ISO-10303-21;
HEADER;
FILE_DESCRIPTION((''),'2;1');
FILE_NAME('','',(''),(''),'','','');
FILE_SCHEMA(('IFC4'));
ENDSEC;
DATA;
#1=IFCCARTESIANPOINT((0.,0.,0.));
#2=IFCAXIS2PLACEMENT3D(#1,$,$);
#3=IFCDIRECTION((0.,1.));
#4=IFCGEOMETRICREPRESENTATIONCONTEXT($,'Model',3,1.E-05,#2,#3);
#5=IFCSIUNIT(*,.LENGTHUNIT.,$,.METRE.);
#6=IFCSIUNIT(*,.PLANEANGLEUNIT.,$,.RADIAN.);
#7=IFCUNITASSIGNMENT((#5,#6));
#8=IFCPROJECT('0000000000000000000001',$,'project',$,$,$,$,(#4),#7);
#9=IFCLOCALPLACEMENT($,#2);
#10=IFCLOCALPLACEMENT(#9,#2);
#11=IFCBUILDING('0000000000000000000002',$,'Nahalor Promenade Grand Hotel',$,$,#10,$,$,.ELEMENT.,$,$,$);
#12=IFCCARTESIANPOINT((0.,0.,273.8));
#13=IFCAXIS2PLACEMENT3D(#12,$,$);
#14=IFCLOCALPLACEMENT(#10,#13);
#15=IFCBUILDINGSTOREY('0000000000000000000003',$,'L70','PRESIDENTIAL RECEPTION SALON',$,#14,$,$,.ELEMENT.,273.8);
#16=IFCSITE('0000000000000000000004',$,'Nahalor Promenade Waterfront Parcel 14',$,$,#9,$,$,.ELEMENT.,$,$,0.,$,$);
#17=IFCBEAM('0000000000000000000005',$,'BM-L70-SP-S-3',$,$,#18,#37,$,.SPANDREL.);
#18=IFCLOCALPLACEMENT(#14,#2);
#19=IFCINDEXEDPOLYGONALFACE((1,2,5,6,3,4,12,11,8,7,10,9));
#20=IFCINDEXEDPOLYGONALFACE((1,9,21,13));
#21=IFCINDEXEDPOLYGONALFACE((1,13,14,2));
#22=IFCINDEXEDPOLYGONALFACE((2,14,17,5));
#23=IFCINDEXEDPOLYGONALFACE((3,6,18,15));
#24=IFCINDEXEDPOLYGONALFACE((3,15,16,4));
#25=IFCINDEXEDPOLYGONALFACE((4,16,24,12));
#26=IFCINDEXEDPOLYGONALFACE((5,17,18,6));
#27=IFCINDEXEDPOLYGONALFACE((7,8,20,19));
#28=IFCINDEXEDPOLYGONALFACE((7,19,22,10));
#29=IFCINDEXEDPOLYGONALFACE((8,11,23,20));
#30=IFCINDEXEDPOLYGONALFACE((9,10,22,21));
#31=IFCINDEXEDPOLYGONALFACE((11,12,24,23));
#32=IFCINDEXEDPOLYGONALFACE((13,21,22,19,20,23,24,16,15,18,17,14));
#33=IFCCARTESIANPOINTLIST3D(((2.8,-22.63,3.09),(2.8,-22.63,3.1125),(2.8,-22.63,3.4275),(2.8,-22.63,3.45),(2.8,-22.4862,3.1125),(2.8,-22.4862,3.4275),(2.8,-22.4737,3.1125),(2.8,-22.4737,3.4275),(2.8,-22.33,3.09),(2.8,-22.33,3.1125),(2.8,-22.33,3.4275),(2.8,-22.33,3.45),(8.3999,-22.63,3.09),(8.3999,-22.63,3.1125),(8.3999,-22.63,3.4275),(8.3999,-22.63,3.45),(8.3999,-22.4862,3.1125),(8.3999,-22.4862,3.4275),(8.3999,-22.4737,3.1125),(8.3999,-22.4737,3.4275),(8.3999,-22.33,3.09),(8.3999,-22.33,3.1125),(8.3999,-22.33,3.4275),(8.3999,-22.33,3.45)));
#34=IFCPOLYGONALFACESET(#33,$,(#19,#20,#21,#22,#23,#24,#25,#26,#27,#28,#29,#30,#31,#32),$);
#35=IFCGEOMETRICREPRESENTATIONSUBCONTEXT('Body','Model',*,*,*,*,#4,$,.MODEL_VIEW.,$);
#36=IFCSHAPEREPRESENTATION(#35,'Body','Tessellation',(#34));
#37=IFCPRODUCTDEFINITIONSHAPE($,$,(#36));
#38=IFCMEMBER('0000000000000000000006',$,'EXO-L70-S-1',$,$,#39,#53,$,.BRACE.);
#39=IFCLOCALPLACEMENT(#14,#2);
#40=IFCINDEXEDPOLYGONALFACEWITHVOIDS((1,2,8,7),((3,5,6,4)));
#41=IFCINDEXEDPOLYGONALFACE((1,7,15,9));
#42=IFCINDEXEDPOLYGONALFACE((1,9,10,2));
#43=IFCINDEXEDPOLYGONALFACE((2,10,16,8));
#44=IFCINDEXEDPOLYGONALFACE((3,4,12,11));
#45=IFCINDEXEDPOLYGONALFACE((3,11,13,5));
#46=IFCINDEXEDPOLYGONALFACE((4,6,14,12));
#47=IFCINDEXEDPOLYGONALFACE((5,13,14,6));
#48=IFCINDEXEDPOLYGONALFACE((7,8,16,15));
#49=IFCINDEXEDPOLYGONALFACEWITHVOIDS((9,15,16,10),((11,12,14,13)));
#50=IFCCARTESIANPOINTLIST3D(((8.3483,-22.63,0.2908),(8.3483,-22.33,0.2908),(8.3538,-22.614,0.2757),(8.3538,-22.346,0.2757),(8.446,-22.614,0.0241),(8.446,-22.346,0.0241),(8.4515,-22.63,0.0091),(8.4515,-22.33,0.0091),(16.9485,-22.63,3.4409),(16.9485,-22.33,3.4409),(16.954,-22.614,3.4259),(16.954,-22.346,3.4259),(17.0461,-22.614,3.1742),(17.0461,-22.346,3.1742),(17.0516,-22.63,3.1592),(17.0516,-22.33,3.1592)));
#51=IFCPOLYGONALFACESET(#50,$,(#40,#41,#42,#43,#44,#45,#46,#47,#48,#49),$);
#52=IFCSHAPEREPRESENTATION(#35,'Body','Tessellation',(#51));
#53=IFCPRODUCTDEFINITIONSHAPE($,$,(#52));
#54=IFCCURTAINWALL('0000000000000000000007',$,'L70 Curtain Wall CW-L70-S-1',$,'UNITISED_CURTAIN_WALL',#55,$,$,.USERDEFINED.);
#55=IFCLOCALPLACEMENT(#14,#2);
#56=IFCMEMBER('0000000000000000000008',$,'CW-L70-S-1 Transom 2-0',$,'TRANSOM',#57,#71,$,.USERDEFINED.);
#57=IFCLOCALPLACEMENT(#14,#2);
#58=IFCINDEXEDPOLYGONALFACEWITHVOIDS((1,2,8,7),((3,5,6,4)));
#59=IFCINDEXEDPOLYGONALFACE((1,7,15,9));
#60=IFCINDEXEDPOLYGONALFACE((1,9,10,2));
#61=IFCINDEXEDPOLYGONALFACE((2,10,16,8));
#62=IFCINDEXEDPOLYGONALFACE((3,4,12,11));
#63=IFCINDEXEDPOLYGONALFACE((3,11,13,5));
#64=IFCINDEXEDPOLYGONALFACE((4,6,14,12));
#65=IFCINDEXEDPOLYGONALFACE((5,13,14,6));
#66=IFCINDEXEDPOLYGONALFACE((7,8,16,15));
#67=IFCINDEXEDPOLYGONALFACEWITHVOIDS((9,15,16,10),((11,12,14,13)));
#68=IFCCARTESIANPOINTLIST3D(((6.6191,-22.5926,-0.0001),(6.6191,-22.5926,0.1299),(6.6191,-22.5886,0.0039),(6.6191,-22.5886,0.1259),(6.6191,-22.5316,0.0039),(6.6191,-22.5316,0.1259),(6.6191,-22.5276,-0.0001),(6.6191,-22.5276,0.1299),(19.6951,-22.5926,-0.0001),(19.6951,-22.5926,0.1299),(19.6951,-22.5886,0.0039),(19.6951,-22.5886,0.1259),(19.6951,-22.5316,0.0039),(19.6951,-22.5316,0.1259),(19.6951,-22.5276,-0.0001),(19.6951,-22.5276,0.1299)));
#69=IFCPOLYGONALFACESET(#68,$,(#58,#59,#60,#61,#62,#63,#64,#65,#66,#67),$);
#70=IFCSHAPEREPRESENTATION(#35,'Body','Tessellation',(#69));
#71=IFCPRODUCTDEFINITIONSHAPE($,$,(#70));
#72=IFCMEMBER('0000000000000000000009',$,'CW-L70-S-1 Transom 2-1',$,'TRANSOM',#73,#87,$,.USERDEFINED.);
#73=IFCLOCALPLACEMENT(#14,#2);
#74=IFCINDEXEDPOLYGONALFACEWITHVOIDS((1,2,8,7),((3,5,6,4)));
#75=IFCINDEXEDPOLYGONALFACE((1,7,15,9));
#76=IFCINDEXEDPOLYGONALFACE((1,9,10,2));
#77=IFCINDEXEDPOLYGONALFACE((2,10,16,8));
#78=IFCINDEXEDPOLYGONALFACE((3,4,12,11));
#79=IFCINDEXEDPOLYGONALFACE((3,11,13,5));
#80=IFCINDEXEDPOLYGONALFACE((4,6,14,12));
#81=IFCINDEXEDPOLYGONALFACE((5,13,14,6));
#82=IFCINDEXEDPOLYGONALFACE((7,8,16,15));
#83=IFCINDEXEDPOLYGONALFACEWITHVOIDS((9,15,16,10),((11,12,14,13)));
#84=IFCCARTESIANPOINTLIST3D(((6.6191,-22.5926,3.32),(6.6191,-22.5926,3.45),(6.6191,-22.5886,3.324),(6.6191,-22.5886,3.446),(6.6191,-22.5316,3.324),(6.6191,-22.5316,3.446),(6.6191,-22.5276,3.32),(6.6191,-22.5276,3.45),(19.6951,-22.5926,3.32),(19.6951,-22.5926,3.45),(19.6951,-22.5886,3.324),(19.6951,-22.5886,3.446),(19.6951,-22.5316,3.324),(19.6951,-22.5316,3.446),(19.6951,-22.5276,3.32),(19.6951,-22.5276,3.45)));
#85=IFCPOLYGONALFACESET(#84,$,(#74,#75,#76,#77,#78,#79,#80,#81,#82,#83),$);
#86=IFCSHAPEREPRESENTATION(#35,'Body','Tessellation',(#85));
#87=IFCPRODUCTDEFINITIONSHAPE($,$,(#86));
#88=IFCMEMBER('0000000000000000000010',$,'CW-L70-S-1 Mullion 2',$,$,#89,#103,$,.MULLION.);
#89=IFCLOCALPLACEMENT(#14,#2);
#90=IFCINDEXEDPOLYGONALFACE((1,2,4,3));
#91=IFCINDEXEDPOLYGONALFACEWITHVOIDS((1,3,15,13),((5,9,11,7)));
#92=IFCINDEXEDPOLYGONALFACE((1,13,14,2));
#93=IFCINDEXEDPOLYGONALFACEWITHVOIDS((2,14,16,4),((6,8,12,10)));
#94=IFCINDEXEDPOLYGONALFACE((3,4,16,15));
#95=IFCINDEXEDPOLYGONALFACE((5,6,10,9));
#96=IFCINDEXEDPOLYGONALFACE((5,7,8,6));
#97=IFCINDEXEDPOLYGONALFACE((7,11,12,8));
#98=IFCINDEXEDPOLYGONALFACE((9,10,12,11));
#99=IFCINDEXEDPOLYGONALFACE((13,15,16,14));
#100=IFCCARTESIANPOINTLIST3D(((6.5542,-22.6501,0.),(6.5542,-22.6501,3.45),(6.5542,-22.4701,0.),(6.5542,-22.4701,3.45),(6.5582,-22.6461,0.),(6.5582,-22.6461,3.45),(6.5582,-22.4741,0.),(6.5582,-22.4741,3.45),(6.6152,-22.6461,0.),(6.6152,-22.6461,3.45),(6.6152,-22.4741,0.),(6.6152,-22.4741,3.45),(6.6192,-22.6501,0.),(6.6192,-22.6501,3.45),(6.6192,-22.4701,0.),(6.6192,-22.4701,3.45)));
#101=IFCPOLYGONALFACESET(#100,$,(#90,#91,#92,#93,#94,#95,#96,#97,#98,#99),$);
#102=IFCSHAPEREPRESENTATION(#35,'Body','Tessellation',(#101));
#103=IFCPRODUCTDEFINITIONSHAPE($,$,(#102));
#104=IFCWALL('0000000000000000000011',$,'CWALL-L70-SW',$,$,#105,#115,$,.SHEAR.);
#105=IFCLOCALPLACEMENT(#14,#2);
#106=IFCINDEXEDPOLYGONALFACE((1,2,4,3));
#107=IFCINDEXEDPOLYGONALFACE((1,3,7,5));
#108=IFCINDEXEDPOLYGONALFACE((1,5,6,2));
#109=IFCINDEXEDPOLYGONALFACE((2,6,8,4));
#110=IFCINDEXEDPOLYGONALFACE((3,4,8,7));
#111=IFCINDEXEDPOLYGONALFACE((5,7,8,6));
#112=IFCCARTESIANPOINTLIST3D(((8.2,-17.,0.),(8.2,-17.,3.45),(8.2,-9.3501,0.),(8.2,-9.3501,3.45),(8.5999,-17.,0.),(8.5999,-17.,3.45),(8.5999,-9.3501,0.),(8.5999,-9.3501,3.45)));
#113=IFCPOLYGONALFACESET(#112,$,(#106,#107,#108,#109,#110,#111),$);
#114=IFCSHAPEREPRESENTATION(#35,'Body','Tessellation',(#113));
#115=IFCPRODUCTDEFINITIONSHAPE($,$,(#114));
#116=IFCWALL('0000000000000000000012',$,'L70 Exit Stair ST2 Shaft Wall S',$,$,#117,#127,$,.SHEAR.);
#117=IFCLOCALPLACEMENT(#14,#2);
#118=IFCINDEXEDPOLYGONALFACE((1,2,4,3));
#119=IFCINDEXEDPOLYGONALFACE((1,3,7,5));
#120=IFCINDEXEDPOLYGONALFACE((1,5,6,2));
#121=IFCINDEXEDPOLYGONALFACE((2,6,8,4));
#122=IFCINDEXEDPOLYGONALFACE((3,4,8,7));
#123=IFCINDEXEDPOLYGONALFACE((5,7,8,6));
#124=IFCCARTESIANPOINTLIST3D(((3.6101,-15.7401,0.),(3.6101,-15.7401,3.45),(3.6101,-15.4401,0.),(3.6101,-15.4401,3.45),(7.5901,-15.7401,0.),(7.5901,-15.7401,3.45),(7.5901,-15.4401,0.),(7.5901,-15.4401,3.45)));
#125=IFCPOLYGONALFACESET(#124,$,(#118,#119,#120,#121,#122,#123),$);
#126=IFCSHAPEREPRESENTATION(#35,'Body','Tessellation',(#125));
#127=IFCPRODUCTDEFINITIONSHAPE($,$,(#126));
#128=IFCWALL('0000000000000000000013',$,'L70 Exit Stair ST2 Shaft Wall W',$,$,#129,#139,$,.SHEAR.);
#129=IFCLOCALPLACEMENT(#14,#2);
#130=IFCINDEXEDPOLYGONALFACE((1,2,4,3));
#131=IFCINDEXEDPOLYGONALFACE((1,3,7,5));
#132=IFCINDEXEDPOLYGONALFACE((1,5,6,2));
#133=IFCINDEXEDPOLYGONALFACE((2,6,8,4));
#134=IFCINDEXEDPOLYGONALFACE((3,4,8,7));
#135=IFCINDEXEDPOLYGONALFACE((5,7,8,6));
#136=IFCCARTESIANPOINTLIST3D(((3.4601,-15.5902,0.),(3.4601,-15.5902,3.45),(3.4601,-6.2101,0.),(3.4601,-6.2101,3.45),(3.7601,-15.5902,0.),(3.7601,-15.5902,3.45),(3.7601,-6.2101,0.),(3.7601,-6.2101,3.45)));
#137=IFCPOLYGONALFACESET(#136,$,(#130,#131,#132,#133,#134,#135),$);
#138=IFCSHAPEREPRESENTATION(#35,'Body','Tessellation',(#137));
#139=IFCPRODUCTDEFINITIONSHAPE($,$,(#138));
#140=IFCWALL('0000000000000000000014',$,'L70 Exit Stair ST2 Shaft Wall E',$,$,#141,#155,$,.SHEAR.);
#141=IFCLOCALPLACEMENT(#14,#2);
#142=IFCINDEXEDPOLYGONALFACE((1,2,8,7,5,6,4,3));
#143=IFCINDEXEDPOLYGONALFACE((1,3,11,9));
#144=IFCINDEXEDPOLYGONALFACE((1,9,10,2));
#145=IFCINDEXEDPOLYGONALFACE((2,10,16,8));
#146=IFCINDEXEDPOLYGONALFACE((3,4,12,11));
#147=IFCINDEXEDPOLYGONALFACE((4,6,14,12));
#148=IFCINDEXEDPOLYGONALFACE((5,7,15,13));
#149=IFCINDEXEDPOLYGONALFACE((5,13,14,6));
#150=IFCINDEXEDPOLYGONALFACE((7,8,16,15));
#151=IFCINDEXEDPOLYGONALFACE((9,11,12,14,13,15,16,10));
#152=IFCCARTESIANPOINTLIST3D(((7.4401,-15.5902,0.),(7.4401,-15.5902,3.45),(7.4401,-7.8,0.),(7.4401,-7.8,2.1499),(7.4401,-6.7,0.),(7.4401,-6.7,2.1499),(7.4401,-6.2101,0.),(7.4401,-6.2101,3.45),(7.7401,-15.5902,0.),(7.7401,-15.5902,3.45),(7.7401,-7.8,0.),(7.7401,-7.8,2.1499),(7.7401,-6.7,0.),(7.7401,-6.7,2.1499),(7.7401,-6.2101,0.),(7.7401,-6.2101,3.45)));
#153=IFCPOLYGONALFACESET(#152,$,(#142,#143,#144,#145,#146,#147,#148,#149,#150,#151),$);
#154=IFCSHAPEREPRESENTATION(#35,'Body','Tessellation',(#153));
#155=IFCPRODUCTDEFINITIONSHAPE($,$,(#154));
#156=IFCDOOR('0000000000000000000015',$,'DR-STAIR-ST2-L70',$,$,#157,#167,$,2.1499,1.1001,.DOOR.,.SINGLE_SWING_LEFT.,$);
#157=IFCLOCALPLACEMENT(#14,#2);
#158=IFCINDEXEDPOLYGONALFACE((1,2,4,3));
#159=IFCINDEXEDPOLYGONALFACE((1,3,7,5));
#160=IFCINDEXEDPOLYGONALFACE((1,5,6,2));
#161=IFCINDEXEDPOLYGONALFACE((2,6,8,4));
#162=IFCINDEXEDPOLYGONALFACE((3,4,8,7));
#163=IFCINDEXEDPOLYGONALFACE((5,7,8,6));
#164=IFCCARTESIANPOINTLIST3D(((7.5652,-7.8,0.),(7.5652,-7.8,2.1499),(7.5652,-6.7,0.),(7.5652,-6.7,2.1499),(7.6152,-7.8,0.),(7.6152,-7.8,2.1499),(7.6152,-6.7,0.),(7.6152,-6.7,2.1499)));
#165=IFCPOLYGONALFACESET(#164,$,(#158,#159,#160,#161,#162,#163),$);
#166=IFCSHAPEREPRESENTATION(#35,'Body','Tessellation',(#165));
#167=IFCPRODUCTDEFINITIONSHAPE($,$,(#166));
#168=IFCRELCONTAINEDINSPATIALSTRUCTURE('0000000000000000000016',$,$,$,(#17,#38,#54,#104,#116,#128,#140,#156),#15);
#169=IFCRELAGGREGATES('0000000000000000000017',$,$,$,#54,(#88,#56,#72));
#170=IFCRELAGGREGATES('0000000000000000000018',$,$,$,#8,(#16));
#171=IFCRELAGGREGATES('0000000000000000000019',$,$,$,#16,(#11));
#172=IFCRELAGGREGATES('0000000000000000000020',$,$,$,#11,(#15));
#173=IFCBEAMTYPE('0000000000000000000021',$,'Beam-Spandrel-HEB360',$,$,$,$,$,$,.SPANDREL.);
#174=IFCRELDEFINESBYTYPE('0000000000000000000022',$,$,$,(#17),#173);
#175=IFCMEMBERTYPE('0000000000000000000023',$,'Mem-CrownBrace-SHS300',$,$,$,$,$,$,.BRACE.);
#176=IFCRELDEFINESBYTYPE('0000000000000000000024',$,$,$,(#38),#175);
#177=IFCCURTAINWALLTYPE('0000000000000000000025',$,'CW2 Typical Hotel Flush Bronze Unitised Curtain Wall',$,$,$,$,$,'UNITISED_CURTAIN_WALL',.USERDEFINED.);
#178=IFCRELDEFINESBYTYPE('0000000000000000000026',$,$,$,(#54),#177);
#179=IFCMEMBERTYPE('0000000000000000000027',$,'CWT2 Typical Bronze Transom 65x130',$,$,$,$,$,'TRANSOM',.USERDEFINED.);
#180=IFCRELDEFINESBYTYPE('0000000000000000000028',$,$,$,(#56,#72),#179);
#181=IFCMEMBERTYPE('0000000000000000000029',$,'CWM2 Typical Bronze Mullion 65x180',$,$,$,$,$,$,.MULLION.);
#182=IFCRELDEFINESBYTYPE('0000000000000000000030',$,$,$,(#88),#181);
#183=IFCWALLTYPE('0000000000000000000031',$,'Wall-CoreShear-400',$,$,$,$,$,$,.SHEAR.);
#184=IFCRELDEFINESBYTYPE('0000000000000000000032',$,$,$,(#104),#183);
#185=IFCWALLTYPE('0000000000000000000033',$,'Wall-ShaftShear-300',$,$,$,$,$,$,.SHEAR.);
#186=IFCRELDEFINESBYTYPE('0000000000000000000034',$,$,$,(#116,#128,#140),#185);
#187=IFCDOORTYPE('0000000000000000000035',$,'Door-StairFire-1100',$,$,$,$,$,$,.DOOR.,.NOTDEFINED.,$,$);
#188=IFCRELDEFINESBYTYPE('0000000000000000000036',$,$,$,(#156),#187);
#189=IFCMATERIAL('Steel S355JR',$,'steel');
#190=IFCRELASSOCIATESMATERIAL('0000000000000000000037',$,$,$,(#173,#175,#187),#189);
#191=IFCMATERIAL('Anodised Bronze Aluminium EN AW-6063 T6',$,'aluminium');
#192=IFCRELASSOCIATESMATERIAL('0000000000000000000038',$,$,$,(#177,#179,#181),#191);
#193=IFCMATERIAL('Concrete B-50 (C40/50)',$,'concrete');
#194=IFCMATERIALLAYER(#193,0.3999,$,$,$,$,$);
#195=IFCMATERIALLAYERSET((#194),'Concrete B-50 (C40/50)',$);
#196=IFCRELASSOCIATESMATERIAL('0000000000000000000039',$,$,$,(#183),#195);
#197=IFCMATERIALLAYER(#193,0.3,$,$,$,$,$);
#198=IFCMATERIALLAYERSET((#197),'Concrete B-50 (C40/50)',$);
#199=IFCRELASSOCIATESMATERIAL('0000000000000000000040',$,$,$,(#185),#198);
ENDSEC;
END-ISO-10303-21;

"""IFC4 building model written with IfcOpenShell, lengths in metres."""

from ifc_helpers import new_model, si_unit, direction, frame, frame_2d, origin, origin_2d, place, context, subcontext, project, spatial, rectangle, hollow_rectangle, i_section, extrude, source, transform, mapped, material, layer, layer_set, material_profile, profile_set, type_object, element, fill, aggregate, save


model = new_model("IFC4")

# Units and contexts
model_context = context("Model", 3, precision=1e-05, world=origin(), true_north=direction((0.0, 1.0)))
body_context = subcontext(model_context, "Body", "Model", "MODEL_VIEW")
ifc_project = project(units=[si_unit("LENGTHUNIT", "METRE"), si_unit("PLANEANGLEUNIT", "RADIAN")], contexts=[model_context])

# Site, building, storey
site_placement = place(None, origin())
site = spatial("IfcSite", under=ifc_project, at=site_placement, Name="Nahalor Promenade Waterfront Parcel 14", CompositionType="ELEMENT", RefElevation=0.0)
building_placement = place(site_placement, origin())
building = spatial("IfcBuilding", under=site, at=building_placement, Name="Nahalor Promenade Grand Hotel", CompositionType="ELEMENT")
storey_placement = place(building_placement, frame((0.0, 0.0, 273.8)))
storey = spatial("IfcBuildingStorey", under=building, at=storey_placement, Name="L70", Description="PRESIDENTIAL RECEPTION SALON", CompositionType="ELEMENT", Elevation=273.8)

# Shared definitions
ifc_material_1 = material(Name="Concrete B-50 (C40/50)", Category="concrete")
ifc_material_2 = material(Name="Steel S355JR", Category="steel")

# Beam
ifc_material_profile_1 = material_profile(ifc_material_2, i_section(OverallWidth=0.3, OverallDepth=0.36, WebThickness=0.0125, FlangeThickness=0.0225, at=origin_2d()), Name="HEB 360")
ifc_profile_set_1 = profile_set([ifc_material_profile_1], Name="Steel S355JR")
beam_type_1 = type_object("IfcBeamType", Name="Beam-Spandrel-HEB360", PredefinedType="SPANDREL", material=ifc_profile_set_1)
shared_shape_1 = source(origin(), body_context, "Body", "SweptSolid", [
    extrude(i_section(OverallWidth=0.3, OverallDepth=0.36, WebThickness=0.0125, FlangeThickness=0.0225, at=origin_2d()), origin(), (0.0, 0.0, 1.0), 5.5999),
])
beam_1_placement = place(storey_placement, frame((2.8, -22.48, 3.27), z_axis=(1.0, 0.0, 0.0), x_axis=(0.0, 1.0, 0.0)))
element("IfcBeam", 1, at=beam_1_placement, inside=storey, type_object=beam_type_1, Name="BM-L70-SP-S-3", PredefinedType="SPANDREL", context=body_context, shape_type="MappedRepresentation", body=[
    mapped(shared_shape_1, transform((0.0, 0.0, 0.0), scale=1.0)),
])

# Member
ifc_material_profile_2 = material_profile(ifc_material_2, hollow_rectangle(XDim=0.3, YDim=0.3, WallThickness=0.016, at=origin_2d()), Name="SHS 300x300x16")
ifc_profile_set_2 = profile_set([ifc_material_profile_2], Name="Steel S355JR")
member_type_1 = type_object("IfcMemberType", Name="Mem-CrownBrace-SHS300", PredefinedType="BRACE", material=ifc_profile_set_2)
shared_shape_2 = source(origin(), body_context, "Body", "SweptSolid", [
    extrude(hollow_rectangle(XDim=0.3, YDim=0.3, WallThickness=0.016, at=origin_2d()), origin(), (0.0, 0.0, 1.0), 9.1589),
])
member_1_placement = place(storey_placement, frame((8.3999, -22.48, 0.1499), z_axis=(0.93899, 0.0, 0.343944), x_axis=(0.0, 1.0, 0.0)))
element("IfcMember", 2, at=member_1_placement, inside=storey, type_object=member_type_1, Name="EXO-L70-S-1", PredefinedType="BRACE", context=body_context, shape_type="MappedRepresentation", body=[
    mapped(shared_shape_2, transform((0.0, 0.0, 0.0), scale=1.0)),
])

# Curtain wall, members
ifc_material_3 = material(Name="Anodised Bronze Aluminium EN AW-6063 T6", Category="aluminium")
curtain_wall_type = type_object("IfcCurtainWallType", Name="CW2 Typical Hotel Flush Bronze Unitised Curtain Wall", ElementType="UNITISED_CURTAIN_WALL", PredefinedType="USERDEFINED", material=ifc_material_3)
curtain_wall_placement = place(storey_placement, origin())
curtain_wall = element("IfcCurtainWall", 3, at=curtain_wall_placement, inside=storey, type_object=curtain_wall_type, Name="L70 Curtain Wall CW-L70-S-1", ObjectType="UNITISED_CURTAIN_WALL", PredefinedType="USERDEFINED")
ifc_material_profile_3 = material_profile(ifc_material_3, hollow_rectangle(XDim=0.065, YDim=0.13, WallThickness=0.004, at=origin_2d()), Name="CWT 65x130x4")
ifc_profile_set_3 = profile_set([ifc_material_profile_3], Name="Anodised Bronze Aluminium EN AW-6063 T6")
member_type_2 = type_object("IfcMemberType", Name="CWT2 Typical Bronze Transom 65x130", ElementType="TRANSOM", PredefinedType="USERDEFINED", material=ifc_profile_set_3)
shared_shape_3 = source(origin(), body_context, "Body", "SweptSolid", [
    extrude(hollow_rectangle(XDim=0.065, YDim=0.13, WallThickness=0.004, at=origin_2d()), origin(), (0.0, 0.0, 1.0), 13.0759),
])
member_2_placement = place(storey_placement, frame((6.6191, -22.5601, 0.0649), z_axis=(1.0, 0.0, 0.0), x_axis=(0.0, 1.0, 0.0)))
member_2 = element("IfcMember", 4, at=member_2_placement, type_object=member_type_2, Name="CW-L70-S-1 Transom 2-0", ObjectType="TRANSOM", PredefinedType="USERDEFINED", context=body_context, shape_type="MappedRepresentation", body=[
    mapped(shared_shape_3, transform((0.0, 0.0, 0.0), scale=1.0)),
])
member_3_placement = place(storey_placement, frame((6.6191, -22.5601, 3.385), z_axis=(1.0, 0.0, 0.0), x_axis=(0.0, 1.0, 0.0)))
member_3 = element("IfcMember", 5, at=member_3_placement, type_object=member_type_2, Name="CW-L70-S-1 Transom 2-1", ObjectType="TRANSOM", PredefinedType="USERDEFINED", context=body_context, shape_type="MappedRepresentation", body=[
    mapped(shared_shape_3, transform((0.0, 0.0, 0.0), scale=1.0)),
])
ifc_material_profile_4 = material_profile(ifc_material_3, hollow_rectangle(XDim=0.065, YDim=0.18, WallThickness=0.004, at=origin_2d()), Name="CWM 65x180x4")
ifc_profile_set_4 = profile_set([ifc_material_profile_4], Name="Anodised Bronze Aluminium EN AW-6063 T6")
member_type_3 = type_object("IfcMemberType", Name="CWM2 Typical Bronze Mullion 65x180", PredefinedType="MULLION", material=ifc_profile_set_4)
shared_shape_4 = source(origin(), body_context, "Body", "SweptSolid", [
    extrude(hollow_rectangle(XDim=0.065, YDim=0.18, WallThickness=0.004, at=origin_2d()), origin(), (0.0, 0.0, 1.0), 3.45),
])
member_4_placement = place(storey_placement, frame((6.5867, -22.5601, 0.0), z_axis=(0.0, 0.0, 1.0), x_axis=(1.0, 0.0, 0.0)))
member_4 = element("IfcMember", 6, at=member_4_placement, type_object=member_type_3, Name="CW-L70-S-1 Mullion 2", PredefinedType="MULLION", context=body_context, shape_type="MappedRepresentation", body=[
    mapped(shared_shape_4, transform((0.0, 0.0, 0.0), scale=1.0)),
])
aggregate(curtain_wall, [member_4, member_2, member_3])

# Walls
ifc_layer_1 = layer(ifc_material_1, 0.3999)
ifc_layer_set_1 = layer_set([ifc_layer_1], Name="Concrete B-50 (C40/50)")
wall_type_1 = type_object("IfcWallType", Name="Wall-CoreShear-400", PredefinedType="SHEAR", material=ifc_layer_set_1)
shared_shape_5 = source(origin(), body_context, "Body", "SweptSolid", [
    extrude(rectangle(XDim=7.6499, YDim=0.3999, at=frame_2d((3.825, 0.0))), origin(), (0.0, 0.0, 1.0), 3.45),
])
wall_1_placement = place(storey_placement, frame((8.3999, -17.0, 0.0), z_axis=(0.0, 0.0, 1.0), x_axis=(0.0, 1.0, 0.0)))
element("IfcWall", 7, at=wall_1_placement, inside=storey, type_object=wall_type_1, Name="CWALL-L70-SW", PredefinedType="SHEAR", context=body_context, shape_type="MappedRepresentation", body=[
    mapped(shared_shape_5, transform((0.0, 0.0, 0.0), scale=1.0)),
])
ifc_layer_2 = layer(ifc_material_1, 0.3)
ifc_layer_set_2 = layer_set([ifc_layer_2], Name="Concrete B-50 (C40/50)")
wall_type_2 = type_object("IfcWallType", Name="Wall-ShaftShear-300", PredefinedType="SHEAR", material=ifc_layer_set_2)
shared_shape_6 = source(origin(), body_context, "Body", "SweptSolid", [
    extrude(rectangle(XDim=3.98, YDim=0.3, at=frame_2d((1.99, 0.0))), origin(), (0.0, 0.0, 1.0), 3.45),
])
wall_2_placement = place(storey_placement, frame((3.6101, -15.5901, 0.0), z_axis=(0.0, 0.0, 1.0), x_axis=(1.0, 0.0, 0.0)))
element("IfcWall", 8, at=wall_2_placement, inside=storey, type_object=wall_type_2, Name="L70 Exit Stair ST2 Shaft Wall S", PredefinedType="SHEAR", context=body_context, shape_type="MappedRepresentation", body=[
    mapped(shared_shape_6, transform((0.0, 0.0, 0.0), scale=1.0)),
])
shared_shape_7 = source(origin(), body_context, "Body", "SweptSolid", [
    extrude(rectangle(XDim=9.3801, YDim=0.3, at=frame_2d((4.6899, 0.0))), origin(), (0.0, 0.0, 1.0), 3.45),
])
wall_3_placement = place(storey_placement, frame((3.6101, -15.5901, 0.0), z_axis=(0.0, 0.0, 1.0), x_axis=(0.0, 1.0, 0.0)))
element("IfcWall", 9, at=wall_3_placement, inside=storey, type_object=wall_type_2, Name="L70 Exit Stair ST2 Shaft Wall W", PredefinedType="SHEAR", context=body_context, shape_type="MappedRepresentation", body=[
    mapped(shared_shape_7, transform((0.0, 0.0, 0.0), scale=1.0)),
])

# Wall, opening, door
wall_4_placement = place(storey_placement, frame((7.5901, -15.5901, 0.0), z_axis=(0.0, 0.0, 1.0), x_axis=(0.0, 1.0, 0.0)))
wall_4 = element("IfcWall", 10, at=wall_4_placement, inside=storey, type_object=wall_type_2, Name="L70 Exit Stair ST2 Shaft Wall E", PredefinedType="SHEAR", context=body_context, shape_type="MappedRepresentation", body=[
    mapped(shared_shape_7, transform((0.0, 0.0, 0.0), scale=1.0)),
])
opening_1_placement = place(wall_4_placement, frame((7.79, 0.0, 0.0)))
opening_1 = element("IfcOpeningElement", 11, at=opening_1_placement, cuts=wall_4, PredefinedType="OPENING", context=body_context, shape_type="SweptSolid", body=[
    extrude(rectangle(XDim=1.1001, YDim=2.1499, at=frame_2d((0.55, 1.075))), frame((0.0, 0.1599, 0.0), z_axis=(0.0, -1.0, 0.0), x_axis=(1.0, 0.0, 0.0)), (0.0, 0.0, 1.0), 0.3201),
])
door_type_1 = type_object("IfcDoorType", Name="Door-StairFire-1100", OperationType="NOTDEFINED", PredefinedType="DOOR", material=ifc_material_2)
shared_shape_8 = source(origin(), body_context, "Body", "SweptSolid", [
    extrude(rectangle(XDim=1.1001, YDim=2.1499, at=frame_2d((0.55, 1.075))), frame((0.0, 0.0249, 0.0), z_axis=(0.0, -1.0, 0.0), x_axis=(1.0, 0.0, 0.0)), (0.0, 0.0, 1.0), 0.05),
])
door_1_placement = place(opening_1_placement, origin())
door_1 = element("IfcDoor", 12, at=door_1_placement, inside=storey, type_object=door_type_1, Name="DR-STAIR-ST2-L70", OperationType="SINGLE_SWING_LEFT", OverallHeight=2.1499, OverallWidth=1.1001, PredefinedType="DOOR", context=body_context, shape_type="MappedRepresentation", body=[
    mapped(shared_shape_8, transform((0.0, 0.0, 0.0), scale=1.0)),
])
fill(opening_1, door_1)

save(model, "model.ifc")
